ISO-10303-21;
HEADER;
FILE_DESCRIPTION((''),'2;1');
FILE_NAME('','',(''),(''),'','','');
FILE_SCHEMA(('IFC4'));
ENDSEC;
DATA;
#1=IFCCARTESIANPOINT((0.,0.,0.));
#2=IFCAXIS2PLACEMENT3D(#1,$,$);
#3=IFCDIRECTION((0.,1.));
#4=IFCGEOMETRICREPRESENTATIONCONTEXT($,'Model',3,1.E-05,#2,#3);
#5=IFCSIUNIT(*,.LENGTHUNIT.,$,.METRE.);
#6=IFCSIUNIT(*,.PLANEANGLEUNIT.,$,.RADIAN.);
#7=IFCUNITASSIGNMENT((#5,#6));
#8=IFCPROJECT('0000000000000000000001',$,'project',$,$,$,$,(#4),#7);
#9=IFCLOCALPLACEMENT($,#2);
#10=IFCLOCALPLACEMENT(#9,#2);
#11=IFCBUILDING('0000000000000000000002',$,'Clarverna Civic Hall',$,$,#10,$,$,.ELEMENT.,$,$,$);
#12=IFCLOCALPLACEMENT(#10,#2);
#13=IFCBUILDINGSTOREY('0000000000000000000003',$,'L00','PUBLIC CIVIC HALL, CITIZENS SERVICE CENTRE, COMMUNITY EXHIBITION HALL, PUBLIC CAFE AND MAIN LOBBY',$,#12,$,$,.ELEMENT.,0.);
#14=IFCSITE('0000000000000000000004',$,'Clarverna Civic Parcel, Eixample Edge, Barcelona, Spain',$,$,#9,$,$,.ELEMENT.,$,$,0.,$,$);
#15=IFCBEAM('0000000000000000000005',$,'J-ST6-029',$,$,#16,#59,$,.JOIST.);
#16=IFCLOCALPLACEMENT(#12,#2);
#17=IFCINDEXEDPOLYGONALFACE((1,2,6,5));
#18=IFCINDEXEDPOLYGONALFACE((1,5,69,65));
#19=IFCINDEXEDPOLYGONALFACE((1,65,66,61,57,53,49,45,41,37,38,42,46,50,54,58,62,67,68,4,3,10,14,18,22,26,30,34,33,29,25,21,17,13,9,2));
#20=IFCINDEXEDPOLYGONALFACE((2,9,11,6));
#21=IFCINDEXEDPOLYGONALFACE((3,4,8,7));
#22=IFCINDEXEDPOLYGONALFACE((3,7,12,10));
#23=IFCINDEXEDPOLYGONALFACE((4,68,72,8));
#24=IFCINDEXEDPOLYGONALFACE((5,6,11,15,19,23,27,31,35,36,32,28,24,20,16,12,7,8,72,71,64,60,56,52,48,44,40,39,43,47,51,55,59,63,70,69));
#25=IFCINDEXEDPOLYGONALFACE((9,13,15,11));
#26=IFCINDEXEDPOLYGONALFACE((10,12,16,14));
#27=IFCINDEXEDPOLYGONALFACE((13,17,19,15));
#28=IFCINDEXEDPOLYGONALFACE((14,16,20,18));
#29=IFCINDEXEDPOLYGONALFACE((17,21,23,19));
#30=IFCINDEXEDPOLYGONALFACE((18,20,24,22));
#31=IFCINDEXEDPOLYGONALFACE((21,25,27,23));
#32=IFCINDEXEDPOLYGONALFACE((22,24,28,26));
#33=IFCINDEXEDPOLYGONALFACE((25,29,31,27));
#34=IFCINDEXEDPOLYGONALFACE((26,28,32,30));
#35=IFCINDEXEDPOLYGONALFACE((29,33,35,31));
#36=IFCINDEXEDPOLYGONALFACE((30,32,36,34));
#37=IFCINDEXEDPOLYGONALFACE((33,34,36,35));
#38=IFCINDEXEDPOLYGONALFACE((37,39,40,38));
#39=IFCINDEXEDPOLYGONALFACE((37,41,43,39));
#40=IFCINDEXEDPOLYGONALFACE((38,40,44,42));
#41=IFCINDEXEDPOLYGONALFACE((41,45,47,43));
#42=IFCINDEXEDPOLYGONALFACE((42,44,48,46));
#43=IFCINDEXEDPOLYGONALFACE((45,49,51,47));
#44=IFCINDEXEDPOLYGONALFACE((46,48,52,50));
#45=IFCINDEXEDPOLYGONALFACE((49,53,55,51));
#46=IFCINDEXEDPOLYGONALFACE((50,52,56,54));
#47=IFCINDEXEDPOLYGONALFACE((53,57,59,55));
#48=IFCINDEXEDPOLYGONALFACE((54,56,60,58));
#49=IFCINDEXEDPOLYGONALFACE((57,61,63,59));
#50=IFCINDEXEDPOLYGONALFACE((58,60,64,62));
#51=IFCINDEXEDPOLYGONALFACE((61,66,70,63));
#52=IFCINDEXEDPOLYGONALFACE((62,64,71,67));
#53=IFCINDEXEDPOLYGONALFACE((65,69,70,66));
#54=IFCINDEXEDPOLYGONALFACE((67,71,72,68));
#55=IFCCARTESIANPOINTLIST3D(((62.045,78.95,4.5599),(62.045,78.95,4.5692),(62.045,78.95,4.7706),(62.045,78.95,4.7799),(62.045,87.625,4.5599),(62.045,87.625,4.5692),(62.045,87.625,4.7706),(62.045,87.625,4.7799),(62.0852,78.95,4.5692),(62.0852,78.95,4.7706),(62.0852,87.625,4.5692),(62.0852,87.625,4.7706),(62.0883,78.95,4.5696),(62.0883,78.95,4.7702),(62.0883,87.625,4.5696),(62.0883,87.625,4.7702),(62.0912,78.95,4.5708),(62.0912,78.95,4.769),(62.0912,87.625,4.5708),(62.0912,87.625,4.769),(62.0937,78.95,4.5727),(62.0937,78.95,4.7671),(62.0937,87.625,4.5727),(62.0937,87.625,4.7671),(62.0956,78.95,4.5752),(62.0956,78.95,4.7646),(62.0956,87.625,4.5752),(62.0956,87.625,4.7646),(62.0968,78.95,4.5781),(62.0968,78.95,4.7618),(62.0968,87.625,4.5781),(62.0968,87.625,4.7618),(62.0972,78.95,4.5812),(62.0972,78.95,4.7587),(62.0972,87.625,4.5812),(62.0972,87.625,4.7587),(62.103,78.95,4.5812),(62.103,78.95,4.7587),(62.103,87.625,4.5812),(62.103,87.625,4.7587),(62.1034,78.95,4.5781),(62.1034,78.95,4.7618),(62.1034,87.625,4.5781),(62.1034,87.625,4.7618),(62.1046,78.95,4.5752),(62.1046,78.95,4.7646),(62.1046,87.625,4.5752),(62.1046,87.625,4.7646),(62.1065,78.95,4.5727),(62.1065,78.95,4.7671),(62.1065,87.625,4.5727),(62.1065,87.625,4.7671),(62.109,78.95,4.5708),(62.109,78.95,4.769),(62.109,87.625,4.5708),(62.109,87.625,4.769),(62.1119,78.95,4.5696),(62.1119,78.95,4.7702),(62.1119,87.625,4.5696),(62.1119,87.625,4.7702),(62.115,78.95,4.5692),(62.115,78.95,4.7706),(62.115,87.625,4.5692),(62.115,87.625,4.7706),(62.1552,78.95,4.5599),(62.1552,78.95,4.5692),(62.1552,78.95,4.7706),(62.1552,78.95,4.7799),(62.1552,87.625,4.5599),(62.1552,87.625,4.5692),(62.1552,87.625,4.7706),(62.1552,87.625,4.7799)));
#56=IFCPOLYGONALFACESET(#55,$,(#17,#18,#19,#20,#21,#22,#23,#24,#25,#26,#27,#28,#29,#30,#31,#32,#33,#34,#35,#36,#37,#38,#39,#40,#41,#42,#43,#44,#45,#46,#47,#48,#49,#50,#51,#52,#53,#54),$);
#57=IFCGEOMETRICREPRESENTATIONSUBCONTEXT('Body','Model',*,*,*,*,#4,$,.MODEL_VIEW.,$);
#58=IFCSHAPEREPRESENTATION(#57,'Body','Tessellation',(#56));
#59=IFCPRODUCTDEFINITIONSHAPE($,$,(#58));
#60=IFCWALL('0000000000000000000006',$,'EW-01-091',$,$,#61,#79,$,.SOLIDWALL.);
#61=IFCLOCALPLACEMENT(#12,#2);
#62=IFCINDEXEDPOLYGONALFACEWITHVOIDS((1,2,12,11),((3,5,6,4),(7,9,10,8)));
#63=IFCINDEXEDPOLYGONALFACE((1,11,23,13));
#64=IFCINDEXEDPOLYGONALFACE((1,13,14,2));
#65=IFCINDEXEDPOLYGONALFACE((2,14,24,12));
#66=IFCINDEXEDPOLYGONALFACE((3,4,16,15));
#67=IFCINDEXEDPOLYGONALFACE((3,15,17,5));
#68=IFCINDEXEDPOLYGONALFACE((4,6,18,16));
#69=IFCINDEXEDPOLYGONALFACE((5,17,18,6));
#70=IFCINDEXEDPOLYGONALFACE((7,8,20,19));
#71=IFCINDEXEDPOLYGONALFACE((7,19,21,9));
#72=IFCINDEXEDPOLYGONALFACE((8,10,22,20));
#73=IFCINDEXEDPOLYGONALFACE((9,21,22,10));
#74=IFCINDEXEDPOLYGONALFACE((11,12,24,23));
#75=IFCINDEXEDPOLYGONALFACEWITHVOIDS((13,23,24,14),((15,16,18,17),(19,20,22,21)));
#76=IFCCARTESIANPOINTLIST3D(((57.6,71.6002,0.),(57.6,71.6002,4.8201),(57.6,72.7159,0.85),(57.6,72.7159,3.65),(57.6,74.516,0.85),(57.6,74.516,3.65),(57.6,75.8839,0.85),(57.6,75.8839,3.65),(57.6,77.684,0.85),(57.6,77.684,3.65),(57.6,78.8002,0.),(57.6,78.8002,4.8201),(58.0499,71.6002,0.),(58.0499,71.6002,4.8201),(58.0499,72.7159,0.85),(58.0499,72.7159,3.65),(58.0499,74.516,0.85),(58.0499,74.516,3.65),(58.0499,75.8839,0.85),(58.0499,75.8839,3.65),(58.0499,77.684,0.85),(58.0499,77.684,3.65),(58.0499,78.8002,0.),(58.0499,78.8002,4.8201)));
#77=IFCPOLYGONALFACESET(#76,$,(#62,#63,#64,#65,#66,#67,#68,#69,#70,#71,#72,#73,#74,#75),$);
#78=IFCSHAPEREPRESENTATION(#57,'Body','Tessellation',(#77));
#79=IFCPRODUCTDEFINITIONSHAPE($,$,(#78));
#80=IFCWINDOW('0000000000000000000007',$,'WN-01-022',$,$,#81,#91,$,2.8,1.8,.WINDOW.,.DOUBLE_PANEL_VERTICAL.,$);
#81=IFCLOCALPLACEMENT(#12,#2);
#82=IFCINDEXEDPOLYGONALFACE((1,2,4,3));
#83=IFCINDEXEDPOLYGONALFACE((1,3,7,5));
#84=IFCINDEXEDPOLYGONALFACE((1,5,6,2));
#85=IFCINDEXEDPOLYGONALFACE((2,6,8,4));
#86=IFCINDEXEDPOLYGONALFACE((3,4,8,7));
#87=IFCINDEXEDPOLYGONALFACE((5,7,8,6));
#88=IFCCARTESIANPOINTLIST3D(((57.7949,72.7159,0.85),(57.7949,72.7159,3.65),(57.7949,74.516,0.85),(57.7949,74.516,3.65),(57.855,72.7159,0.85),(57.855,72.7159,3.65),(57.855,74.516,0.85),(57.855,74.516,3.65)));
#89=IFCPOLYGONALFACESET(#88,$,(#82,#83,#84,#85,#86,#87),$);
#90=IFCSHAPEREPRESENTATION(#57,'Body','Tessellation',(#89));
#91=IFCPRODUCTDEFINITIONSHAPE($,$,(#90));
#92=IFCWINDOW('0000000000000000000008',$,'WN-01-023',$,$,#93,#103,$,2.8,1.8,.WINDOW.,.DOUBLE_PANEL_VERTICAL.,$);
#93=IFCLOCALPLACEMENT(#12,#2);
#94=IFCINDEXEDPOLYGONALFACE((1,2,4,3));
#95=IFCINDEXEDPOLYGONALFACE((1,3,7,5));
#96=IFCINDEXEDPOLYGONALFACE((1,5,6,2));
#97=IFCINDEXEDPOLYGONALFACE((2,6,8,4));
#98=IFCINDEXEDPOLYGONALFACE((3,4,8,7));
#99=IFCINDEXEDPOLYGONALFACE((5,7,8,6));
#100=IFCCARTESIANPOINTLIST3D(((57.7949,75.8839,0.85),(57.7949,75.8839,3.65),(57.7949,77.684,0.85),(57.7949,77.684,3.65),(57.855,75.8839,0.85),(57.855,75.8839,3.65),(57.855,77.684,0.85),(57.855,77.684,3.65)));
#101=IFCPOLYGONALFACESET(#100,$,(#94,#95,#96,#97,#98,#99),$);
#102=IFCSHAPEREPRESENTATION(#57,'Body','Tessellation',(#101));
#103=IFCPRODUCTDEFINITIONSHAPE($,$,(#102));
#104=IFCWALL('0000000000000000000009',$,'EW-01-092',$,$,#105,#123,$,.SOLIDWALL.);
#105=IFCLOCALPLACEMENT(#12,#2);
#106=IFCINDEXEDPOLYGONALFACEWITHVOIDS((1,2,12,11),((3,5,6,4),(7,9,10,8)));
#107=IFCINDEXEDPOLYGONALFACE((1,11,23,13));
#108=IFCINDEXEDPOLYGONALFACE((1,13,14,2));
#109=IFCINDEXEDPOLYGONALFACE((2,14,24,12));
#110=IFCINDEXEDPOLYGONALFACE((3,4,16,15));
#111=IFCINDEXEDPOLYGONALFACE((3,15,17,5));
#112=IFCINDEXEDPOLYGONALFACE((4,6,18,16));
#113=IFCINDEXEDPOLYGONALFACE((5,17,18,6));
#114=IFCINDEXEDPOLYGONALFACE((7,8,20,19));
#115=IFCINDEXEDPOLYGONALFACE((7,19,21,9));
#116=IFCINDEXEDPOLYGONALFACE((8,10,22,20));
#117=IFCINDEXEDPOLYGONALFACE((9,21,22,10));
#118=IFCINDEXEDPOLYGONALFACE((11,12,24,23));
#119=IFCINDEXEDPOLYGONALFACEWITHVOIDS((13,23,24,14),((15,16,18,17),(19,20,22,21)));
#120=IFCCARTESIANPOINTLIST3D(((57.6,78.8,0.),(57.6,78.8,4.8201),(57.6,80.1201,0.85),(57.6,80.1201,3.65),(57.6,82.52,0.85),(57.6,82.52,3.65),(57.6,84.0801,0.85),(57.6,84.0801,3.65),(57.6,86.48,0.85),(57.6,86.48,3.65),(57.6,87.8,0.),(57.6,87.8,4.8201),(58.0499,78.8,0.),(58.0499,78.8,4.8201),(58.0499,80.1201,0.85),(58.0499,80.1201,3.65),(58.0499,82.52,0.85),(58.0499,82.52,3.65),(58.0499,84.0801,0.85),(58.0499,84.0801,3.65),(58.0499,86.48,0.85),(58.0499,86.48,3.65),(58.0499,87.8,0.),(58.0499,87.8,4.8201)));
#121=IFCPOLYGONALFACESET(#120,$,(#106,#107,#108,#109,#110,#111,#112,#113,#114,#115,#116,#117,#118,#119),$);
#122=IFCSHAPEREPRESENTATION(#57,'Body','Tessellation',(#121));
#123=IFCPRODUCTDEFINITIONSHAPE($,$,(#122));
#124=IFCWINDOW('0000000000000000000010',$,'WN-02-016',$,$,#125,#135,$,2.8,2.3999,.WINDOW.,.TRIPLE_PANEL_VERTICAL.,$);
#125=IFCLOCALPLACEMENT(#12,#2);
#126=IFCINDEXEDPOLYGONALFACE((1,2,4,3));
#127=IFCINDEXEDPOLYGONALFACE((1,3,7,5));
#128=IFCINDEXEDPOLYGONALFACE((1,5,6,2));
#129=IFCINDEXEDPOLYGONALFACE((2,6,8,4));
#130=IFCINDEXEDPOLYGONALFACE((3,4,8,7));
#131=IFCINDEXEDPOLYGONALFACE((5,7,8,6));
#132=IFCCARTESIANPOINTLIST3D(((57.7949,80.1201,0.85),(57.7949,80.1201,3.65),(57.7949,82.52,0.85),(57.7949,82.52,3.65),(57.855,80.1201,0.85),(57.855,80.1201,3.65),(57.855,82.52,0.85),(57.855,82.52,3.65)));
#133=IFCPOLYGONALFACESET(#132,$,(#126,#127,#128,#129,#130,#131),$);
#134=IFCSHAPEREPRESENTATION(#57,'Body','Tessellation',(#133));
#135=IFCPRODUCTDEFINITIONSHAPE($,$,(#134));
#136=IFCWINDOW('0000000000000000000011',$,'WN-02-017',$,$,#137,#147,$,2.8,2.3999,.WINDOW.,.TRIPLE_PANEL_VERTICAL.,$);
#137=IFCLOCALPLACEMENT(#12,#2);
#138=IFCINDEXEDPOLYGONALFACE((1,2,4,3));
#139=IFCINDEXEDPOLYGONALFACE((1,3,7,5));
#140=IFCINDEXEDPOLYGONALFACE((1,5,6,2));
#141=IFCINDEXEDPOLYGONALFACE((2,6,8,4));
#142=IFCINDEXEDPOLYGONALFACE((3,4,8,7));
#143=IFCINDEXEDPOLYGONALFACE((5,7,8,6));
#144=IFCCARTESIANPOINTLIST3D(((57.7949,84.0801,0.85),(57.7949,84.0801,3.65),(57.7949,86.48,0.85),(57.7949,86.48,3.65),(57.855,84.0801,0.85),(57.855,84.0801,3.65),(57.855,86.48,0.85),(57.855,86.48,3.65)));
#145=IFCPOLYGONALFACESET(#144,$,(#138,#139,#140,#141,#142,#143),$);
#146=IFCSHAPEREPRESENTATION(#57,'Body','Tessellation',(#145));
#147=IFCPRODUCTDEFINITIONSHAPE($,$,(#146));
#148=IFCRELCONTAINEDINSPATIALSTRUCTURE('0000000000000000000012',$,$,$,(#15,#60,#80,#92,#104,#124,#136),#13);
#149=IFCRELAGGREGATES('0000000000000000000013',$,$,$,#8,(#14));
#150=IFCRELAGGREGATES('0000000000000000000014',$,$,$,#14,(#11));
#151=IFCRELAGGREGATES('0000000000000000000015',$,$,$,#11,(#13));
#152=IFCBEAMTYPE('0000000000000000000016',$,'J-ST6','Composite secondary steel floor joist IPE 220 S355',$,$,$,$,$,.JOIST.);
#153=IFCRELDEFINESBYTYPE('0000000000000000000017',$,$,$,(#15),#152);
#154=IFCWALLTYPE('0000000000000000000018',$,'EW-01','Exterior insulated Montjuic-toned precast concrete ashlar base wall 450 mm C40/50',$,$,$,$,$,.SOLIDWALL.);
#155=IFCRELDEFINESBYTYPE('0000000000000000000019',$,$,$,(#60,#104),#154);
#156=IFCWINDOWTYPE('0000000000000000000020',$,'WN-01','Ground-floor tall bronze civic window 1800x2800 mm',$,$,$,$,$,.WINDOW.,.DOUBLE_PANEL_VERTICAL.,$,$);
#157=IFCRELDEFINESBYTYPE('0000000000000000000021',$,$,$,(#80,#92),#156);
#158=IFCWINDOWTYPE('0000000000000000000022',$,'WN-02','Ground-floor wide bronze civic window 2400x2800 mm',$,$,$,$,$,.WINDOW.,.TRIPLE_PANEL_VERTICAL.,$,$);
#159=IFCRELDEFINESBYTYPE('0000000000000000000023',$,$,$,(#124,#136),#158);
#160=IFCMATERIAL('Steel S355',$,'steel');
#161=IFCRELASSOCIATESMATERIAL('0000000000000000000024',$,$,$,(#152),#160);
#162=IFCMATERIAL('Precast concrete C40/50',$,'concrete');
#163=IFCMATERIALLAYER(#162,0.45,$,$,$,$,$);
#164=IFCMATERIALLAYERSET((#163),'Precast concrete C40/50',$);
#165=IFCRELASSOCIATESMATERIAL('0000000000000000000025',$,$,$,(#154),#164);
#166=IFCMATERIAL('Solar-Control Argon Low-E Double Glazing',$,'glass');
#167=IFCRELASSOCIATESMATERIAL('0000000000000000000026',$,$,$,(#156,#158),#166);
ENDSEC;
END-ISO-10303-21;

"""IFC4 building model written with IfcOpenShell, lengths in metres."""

from ifc_helpers import new_model, si_unit, direction, frame, frame_2d, origin, origin_2d, place, context, subcontext, project, spatial, rectangle, i_section, extrude, material, layer, layer_set, material_profile, profile_set, type_object, element, fill, save


model = new_model("IFC4")

# Units and contexts
model_context = context("Model", 3, precision=1e-05, world=origin(), true_north=direction((0.0, 1.0)))
body_context = subcontext(model_context, "Body", "Model", "MODEL_VIEW")
ifc_project = project(units=[si_unit("LENGTHUNIT", "METRE"), si_unit("PLANEANGLEUNIT", "RADIAN")], contexts=[model_context])

# Site, building, storey
site_placement = place(None, origin())
site = spatial("IfcSite", under=ifc_project, at=site_placement, Name="Clarverna Civic Parcel, Eixample Edge, Barcelona, Spain", CompositionType="ELEMENT", RefElevation=0.0)
building_placement = place(site_placement, origin())
building = spatial("IfcBuilding", under=site, at=building_placement, Name="Clarverna Civic Hall", CompositionType="ELEMENT")
storey_placement = place(building_placement, origin())
storey = spatial("IfcBuildingStorey", under=building, at=storey_placement, Name="L00", Description="PUBLIC CIVIC HALL, CITIZENS SERVICE CENTRE, COMMUNITY EXHIBITION HALL, PUBLIC CAFE AND MAIN LOBBY", CompositionType="ELEMENT", Elevation=0.0)

# Beam
ifc_material_1 = material(Name="Steel S355", Category="steel")
ifc_material_profile_1 = material_profile(ifc_material_1, i_section(OverallWidth=0.1101, OverallDepth=0.22, WebThickness=0.0059, FlangeThickness=0.0093, FilletRadius=0.012, at=origin_2d()), Name="IPE 220")
ifc_profile_set_1 = profile_set([ifc_material_profile_1], Name="Steel S355")
beam_type_1 = type_object("IfcBeamType", Name="J-ST6", Description="Composite secondary steel floor joist IPE 220 S355", PredefinedType="JOIST", material=ifc_profile_set_1)
beam_1_placement = place(storey_placement, frame((62.1001, 78.95, 4.6699), z_axis=(0.0, 1.0, 0.0), x_axis=(-1.0, 0.0, 0.0)))
element("IfcBeam", 1, at=beam_1_placement, inside=storey, type_object=beam_type_1, Name="J-ST6-029", PredefinedType="JOIST", context=body_context, shape_type="SweptSolid", body=[
    extrude(i_section(OverallWidth=0.1101, OverallDepth=0.22, WebThickness=0.0059, FlangeThickness=0.0093, FilletRadius=0.012, at=origin_2d()), origin(), (0.0, 0.0, 1.0), 8.675),
])

# Walls, openings, windows
ifc_material_2 = material(Name="Precast concrete C40/50", Category="concrete")
ifc_layer = layer(ifc_material_2, 0.45)
ifc_layer_set = layer_set([ifc_layer], Name="Precast concrete C40/50")
wall_type = type_object("IfcWallType", Name="EW-01", Description="Exterior insulated Montjuic-toned precast concrete ashlar base wall 450 mm C40/50", PredefinedType="SOLIDWALL", material=ifc_layer_set)
wall_1_placement = place(storey_placement, frame((57.825, 71.6001, 0.0), z_axis=(0.0, 0.0, 1.0), x_axis=(0.0, 1.0, 0.0)))
wall_1 = element("IfcWall", 2, at=wall_1_placement, inside=storey, type_object=wall_type, Name="EW-01-091", PredefinedType="SOLIDWALL", context=body_context, shape_type="SweptSolid", body=[
    extrude(rectangle(XDim=7.2, YDim=0.45, at=frame_2d((3.6001, 0.0))), origin(), (0.0, 0.0, 1.0), 4.8201),
])
opening_1_placement = place(wall_1_placement, frame((1.116, 0.0, 0.8501)))
opening_1 = element("IfcOpeningElement", 3, at=opening_1_placement, cuts=wall_1, PredefinedType="OPENING", context=body_context, shape_type="SweptSolid", body=[
    extrude(rectangle(XDim=1.8, YDim=2.8, at=frame_2d((0.8999, 1.3999))), frame((0.0, 0.2349, 0.0), z_axis=(0.0, -1.0, 0.0), x_axis=(1.0, 0.0, 0.0)), (0.0, 0.0, 1.0), 0.47),
])
opening_2_placement = place(wall_1_placement, frame((4.2839, 0.0, 0.8501)))
opening_2 = element("IfcOpeningElement", 4, at=opening_2_placement, cuts=wall_1, PredefinedType="OPENING", context=body_context, shape_type="SweptSolid", body=[
    extrude(rectangle(XDim=1.8, YDim=2.8, at=frame_2d((0.8999, 1.3999))), frame((0.0, 0.2349, 0.0), z_axis=(0.0, -1.0, 0.0), x_axis=(1.0, 0.0, 0.0)), (0.0, 0.0, 1.0), 0.47),
])
ifc_material_3 = material(Name="Solar-Control Argon Low-E Double Glazing", Category="glass")
window_type_1 = type_object("IfcWindowType", Name="WN-01", Description="Ground-floor tall bronze civic window 1800x2800 mm", PartitioningType="DOUBLE_PANEL_VERTICAL", PredefinedType="WINDOW", material=ifc_material_3)
window_1_placement = place(opening_1_placement, origin())
window_1 = element("IfcWindow", 5, at=window_1_placement, inside=storey, type_object=window_type_1, Name="WN-01-022", OverallHeight=2.8, OverallWidth=1.8, PartitioningType="DOUBLE_PANEL_VERTICAL", PredefinedType="WINDOW", context=body_context, shape_type="SweptSolid", body=[
    extrude(rectangle(XDim=1.8, YDim=2.8, at=frame_2d((0.8999, 1.3999))), frame((0.0, 0.03, 0.0), z_axis=(0.0, -1.0, 0.0), x_axis=(1.0, 0.0, 0.0)), (0.0, 0.0, 1.0), 0.0601),
])
fill(opening_1, window_1)
window_2_placement = place(opening_2_placement, origin())
window_2 = element("IfcWindow", 6, at=window_2_placement, inside=storey, type_object=window_type_1, Name="WN-01-023", OverallHeight=2.8, OverallWidth=1.8, PartitioningType="DOUBLE_PANEL_VERTICAL", PredefinedType="WINDOW", context=body_context, shape_type="SweptSolid", body=[
    extrude(rectangle(XDim=1.8, YDim=2.8, at=frame_2d((0.8999, 1.3999))), frame((0.0, 0.03, 0.0), z_axis=(0.0, -1.0, 0.0), x_axis=(1.0, 0.0, 0.0)), (0.0, 0.0, 1.0), 0.0601),
])
fill(opening_2, window_2)
wall_2_placement = place(storey_placement, frame((57.825, 78.8, 0.0), z_axis=(0.0, 0.0, 1.0), x_axis=(0.0, 1.0, 0.0)))
wall_2 = element("IfcWall", 7, at=wall_2_placement, inside=storey, type_object=wall_type, Name="EW-01-092", PredefinedType="SOLIDWALL", context=body_context, shape_type="SweptSolid", body=[
    extrude(rectangle(XDim=9.0, YDim=0.45, at=frame_2d((4.5, 0.0))), origin(), (0.0, 0.0, 1.0), 4.8201),
])
opening_3_placement = place(wall_2_placement, frame((1.3201, 0.0, 0.8501)))
opening_3 = element("IfcOpeningElement", 8, at=opening_3_placement, cuts=wall_2, PredefinedType="OPENING", context=body_context, shape_type="SweptSolid", body=[
    extrude(rectangle(XDim=2.3999, YDim=2.8, at=frame_2d((1.2, 1.3999))), frame((0.0, 0.2349, 0.0), z_axis=(0.0, -1.0, 0.0), x_axis=(1.0, 0.0, 0.0)), (0.0, 0.0, 1.0), 0.47),
])
opening_4_placement = place(wall_2_placement, frame((5.28, 0.0, 0.8501)))
opening_4 = element("IfcOpeningElement", 9, at=opening_4_placement, cuts=wall_2, PredefinedType="OPENING", context=body_context, shape_type="SweptSolid", body=[
    extrude(rectangle(XDim=2.3999, YDim=2.8, at=frame_2d((1.2, 1.3999))), frame((0.0, 0.2349, 0.0), z_axis=(0.0, -1.0, 0.0), x_axis=(1.0, 0.0, 0.0)), (0.0, 0.0, 1.0), 0.47),
])
window_type_2 = type_object("IfcWindowType", Name="WN-02", Description="Ground-floor wide bronze civic window 2400x2800 mm", PartitioningType="TRIPLE_PANEL_VERTICAL", PredefinedType="WINDOW", material=ifc_material_3)
window_3_placement = place(opening_3_placement, origin())
window_3 = element("IfcWindow", 10, at=window_3_placement, inside=storey, type_object=window_type_2, Name="WN-02-016", OverallHeight=2.8, OverallWidth=2.3999, PartitioningType="TRIPLE_PANEL_VERTICAL", PredefinedType="WINDOW", context=body_context, shape_type="SweptSolid", body=[
    extrude(rectangle(XDim=2.3999, YDim=2.8, at=frame_2d((1.2, 1.3999))), frame((0.0, 0.03, 0.0), z_axis=(0.0, -1.0, 0.0), x_axis=(1.0, 0.0, 0.0)), (0.0, 0.0, 1.0), 0.0601),
])
fill(opening_3, window_3)
window_4_placement = place(opening_4_placement, origin())
window_4 = element("IfcWindow", 11, at=window_4_placement, inside=storey, type_object=window_type_2, Name="WN-02-017", OverallHeight=2.8, OverallWidth=2.3999, PartitioningType="TRIPLE_PANEL_VERTICAL", PredefinedType="WINDOW", context=body_context, shape_type="SweptSolid", body=[
    extrude(rectangle(XDim=2.3999, YDim=2.8, at=frame_2d((1.2, 1.3999))), frame((0.0, 0.03, 0.0), z_axis=(0.0, -1.0, 0.0), x_axis=(1.0, 0.0, 0.0)), (0.0, 0.0, 1.0), 0.0601),
])
fill(opening_4, window_4)

save(model, "model.ifc")
